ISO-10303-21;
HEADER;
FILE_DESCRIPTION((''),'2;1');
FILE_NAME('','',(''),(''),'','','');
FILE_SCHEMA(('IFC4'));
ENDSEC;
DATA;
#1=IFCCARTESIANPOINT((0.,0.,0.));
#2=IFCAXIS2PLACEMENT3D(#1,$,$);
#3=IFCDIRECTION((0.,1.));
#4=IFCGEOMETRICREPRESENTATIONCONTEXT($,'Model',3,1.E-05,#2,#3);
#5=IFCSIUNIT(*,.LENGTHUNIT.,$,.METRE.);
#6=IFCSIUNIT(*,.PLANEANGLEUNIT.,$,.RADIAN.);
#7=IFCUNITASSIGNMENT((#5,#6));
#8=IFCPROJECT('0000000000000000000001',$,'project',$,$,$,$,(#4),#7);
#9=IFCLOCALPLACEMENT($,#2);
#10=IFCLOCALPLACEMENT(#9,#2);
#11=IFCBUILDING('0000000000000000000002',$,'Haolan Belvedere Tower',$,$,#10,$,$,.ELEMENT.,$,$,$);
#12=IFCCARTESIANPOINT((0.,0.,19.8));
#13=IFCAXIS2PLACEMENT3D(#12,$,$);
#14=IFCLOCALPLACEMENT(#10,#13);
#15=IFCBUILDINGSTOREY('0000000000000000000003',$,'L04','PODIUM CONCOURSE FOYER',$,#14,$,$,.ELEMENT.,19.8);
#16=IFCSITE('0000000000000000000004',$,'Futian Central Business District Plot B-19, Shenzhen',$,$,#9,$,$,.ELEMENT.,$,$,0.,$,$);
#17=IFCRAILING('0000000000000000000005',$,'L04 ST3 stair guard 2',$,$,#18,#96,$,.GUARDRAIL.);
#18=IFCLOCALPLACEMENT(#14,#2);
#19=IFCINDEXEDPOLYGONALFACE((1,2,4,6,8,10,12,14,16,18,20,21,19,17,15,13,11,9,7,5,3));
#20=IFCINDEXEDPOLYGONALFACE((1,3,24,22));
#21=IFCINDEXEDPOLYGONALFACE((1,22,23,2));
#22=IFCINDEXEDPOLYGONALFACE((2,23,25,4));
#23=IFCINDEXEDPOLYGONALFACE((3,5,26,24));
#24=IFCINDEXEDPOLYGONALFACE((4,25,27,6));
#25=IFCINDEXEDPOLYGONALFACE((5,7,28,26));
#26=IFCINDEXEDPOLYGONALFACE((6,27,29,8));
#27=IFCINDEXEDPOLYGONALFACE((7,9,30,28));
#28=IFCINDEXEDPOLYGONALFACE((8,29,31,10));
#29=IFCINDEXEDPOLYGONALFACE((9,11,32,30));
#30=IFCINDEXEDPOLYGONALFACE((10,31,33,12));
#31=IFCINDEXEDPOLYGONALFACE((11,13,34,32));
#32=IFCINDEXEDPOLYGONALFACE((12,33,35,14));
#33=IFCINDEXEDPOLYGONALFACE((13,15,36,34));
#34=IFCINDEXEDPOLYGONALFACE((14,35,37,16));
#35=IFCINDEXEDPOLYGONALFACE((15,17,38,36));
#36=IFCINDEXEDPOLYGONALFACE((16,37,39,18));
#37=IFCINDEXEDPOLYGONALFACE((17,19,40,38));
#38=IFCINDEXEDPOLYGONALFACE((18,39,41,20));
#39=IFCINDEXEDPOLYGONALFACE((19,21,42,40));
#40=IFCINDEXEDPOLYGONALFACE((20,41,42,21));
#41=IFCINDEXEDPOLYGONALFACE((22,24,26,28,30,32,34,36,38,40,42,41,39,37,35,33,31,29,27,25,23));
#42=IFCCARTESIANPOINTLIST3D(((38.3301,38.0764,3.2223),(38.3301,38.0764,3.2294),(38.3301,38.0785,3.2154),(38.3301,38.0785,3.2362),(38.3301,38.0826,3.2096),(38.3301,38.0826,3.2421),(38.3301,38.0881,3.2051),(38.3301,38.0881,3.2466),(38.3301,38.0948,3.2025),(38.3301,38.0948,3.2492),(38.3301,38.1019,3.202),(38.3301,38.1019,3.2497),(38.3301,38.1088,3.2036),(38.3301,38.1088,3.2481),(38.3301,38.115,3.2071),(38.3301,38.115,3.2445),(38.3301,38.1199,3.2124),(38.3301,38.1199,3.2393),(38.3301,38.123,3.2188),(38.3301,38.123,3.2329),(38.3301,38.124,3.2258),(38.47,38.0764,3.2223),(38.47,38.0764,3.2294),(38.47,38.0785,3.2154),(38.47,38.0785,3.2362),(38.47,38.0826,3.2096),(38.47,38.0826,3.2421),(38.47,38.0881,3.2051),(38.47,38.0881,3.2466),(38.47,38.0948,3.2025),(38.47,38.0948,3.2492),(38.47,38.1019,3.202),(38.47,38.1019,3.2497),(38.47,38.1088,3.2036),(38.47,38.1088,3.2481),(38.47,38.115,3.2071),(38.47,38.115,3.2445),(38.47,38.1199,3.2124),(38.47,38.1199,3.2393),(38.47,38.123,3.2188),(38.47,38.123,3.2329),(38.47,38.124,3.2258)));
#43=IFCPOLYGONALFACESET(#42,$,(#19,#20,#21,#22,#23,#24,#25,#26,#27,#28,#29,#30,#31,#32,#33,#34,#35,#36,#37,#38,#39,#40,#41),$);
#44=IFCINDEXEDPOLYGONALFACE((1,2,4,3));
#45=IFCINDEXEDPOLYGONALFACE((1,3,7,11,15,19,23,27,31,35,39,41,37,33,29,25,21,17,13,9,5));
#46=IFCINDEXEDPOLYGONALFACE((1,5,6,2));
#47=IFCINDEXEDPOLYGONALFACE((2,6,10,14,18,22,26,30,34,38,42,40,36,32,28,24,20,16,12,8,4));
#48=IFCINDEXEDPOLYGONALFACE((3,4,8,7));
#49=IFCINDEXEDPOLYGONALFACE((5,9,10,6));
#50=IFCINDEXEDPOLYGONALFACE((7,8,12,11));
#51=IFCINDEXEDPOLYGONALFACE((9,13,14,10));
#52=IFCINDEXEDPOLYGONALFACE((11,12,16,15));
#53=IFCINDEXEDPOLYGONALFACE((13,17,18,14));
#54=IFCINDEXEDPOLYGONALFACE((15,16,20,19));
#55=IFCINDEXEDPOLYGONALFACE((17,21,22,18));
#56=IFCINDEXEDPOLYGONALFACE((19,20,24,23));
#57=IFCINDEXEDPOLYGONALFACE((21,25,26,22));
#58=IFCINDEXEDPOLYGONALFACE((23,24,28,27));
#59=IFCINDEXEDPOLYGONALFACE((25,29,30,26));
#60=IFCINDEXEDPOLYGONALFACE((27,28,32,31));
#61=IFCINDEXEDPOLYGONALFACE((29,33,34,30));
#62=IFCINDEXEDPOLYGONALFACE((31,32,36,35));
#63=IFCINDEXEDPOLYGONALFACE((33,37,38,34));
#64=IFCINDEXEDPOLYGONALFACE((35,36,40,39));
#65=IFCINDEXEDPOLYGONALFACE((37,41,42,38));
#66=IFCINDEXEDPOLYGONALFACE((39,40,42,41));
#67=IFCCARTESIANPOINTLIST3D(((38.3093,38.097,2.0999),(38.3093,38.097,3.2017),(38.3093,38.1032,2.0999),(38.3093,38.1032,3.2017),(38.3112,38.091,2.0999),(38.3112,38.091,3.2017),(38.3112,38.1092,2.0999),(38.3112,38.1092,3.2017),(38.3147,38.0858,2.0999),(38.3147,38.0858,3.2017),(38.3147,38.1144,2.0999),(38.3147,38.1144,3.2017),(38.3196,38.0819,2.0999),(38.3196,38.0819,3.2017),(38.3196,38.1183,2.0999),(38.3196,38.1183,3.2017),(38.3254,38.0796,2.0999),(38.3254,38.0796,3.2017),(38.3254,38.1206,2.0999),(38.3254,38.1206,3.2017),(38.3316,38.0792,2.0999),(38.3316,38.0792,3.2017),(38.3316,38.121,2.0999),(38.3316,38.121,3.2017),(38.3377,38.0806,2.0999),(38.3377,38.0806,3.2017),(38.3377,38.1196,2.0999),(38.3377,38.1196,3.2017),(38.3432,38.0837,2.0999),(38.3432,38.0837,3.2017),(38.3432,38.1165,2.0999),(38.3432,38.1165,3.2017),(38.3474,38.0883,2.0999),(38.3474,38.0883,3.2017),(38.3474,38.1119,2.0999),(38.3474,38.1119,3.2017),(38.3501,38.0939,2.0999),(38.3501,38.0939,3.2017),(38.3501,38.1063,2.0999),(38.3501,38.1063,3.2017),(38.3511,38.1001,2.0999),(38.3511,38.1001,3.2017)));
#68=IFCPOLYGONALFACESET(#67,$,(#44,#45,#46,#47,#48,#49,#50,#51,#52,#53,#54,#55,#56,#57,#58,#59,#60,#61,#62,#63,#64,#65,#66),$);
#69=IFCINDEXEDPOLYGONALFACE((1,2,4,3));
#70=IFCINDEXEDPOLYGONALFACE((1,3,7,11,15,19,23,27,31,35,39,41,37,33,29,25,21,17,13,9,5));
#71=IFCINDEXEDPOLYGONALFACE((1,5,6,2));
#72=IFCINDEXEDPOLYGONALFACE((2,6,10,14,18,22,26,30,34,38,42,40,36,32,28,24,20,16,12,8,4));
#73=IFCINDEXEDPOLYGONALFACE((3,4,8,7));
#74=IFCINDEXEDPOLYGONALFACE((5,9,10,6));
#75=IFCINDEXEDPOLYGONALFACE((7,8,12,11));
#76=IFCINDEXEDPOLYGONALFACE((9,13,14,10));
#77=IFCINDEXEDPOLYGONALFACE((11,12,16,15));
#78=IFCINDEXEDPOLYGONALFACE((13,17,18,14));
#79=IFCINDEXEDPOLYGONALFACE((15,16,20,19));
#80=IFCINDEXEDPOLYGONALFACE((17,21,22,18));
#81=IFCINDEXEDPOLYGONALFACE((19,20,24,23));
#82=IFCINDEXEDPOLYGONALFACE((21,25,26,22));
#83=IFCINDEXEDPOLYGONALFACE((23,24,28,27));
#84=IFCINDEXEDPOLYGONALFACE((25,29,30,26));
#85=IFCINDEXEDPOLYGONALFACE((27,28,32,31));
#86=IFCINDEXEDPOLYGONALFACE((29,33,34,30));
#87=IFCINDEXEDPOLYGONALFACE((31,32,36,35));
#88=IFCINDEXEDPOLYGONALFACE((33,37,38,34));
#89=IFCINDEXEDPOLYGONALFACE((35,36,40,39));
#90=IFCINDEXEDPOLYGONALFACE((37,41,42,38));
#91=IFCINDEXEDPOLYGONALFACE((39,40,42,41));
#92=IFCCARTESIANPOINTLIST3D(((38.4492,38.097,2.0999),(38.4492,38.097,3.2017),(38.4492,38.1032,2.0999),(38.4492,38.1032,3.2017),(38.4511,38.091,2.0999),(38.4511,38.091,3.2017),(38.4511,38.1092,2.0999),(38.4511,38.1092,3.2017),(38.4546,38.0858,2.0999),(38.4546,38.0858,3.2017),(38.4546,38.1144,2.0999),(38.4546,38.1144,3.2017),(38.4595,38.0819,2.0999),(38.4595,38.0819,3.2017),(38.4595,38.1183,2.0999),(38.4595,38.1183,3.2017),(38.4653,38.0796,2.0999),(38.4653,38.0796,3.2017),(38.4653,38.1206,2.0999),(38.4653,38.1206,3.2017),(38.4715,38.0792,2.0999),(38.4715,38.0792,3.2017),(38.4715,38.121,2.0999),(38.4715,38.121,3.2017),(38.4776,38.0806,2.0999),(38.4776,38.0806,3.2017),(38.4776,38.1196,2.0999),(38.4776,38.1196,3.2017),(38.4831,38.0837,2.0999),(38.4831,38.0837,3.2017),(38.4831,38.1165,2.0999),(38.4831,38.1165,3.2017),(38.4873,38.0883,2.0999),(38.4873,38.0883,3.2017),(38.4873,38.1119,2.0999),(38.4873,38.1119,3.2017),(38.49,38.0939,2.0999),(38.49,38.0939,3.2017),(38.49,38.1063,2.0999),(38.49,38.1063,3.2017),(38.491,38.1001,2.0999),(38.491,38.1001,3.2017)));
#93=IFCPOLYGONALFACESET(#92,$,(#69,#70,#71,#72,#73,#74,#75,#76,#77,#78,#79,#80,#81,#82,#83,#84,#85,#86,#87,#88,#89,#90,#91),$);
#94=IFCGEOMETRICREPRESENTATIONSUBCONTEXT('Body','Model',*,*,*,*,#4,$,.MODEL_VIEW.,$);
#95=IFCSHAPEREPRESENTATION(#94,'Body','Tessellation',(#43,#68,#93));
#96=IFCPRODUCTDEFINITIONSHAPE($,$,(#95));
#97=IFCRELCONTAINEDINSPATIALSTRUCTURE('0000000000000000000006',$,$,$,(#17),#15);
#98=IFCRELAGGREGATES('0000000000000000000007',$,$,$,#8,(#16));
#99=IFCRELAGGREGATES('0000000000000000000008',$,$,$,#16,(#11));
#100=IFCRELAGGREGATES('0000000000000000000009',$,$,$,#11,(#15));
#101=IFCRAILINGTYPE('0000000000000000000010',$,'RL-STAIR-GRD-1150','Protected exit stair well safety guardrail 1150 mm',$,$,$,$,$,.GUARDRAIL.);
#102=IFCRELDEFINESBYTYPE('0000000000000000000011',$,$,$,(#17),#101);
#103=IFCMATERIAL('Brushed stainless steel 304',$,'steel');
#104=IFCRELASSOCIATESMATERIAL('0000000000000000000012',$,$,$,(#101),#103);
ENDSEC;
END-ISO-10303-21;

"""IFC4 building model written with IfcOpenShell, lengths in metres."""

from ifc_helpers import new_model, si_unit, direction, frame, origin, origin_2d, place, context, subcontext, project, spatial, circle, extrude, material, type_object, element, save


model = new_model("IFC4")

# Units and contexts
model_context = context("Model", 3, precision=1e-05, world=origin(), true_north=direction((0.0, 1.0)))
body_context = subcontext(model_context, "Body", "Model", "MODEL_VIEW")
ifc_project = project(units=[si_unit("LENGTHUNIT", "METRE"), si_unit("PLANEANGLEUNIT", "RADIAN")], contexts=[model_context])

# Site, building, storey
site_placement = place(None, origin())
site = spatial("IfcSite", under=ifc_project, at=site_placement, Name="Futian Central Business District Plot B-19, Shenzhen", CompositionType="ELEMENT", RefElevation=0.0)
building_placement = place(site_placement, origin())
building = spatial("IfcBuilding", under=site, at=building_placement, Name="Haolan Belvedere Tower", CompositionType="ELEMENT")
storey_placement = place(building_placement, frame((0.0, 0.0, 19.8)))
storey = spatial("IfcBuildingStorey", under=building, at=storey_placement, Name="L04", Description="PODIUM CONCOURSE FOYER", CompositionType="ELEMENT", Elevation=19.8)

# Railing
ifc_material_1 = material(Name="Brushed stainless steel 304", Category="steel")
railing_type_1 = type_object("IfcRailingType", Name="RL-STAIR-GRD-1150", Description="Protected exit stair well safety guardrail 1150 mm", PredefinedType="GUARDRAIL", material=ifc_material_1)
railing_1_placement = place(storey_placement, frame((38.3301, 38.1001, 2.0999)))
element("IfcRailing", 1, at=railing_1_placement, inside=storey, type_object=railing_type_1, Name="L04 ST3 stair guard 2", PredefinedType="GUARDRAIL", context=body_context, shape_type="SweptSolid", body=[
    extrude(circle(Radius=0.0239, at=origin_2d()), frame((0.0, 0.0, 1.126), z_axis=(1.0, 0.0, 0.0), x_axis=(0.0, 1.0, 0.0)), (0.0, 0.0, 1.0), 0.1399),
    extrude(circle(Radius=0.021, at=origin_2d()), origin(), (0.0, 0.0, 1.0), 1.1018),
    extrude(circle(Radius=0.021, at=origin_2d()), frame((0.1399, 0.0, 0.0)), (0.0, 0.0, 1.0), 1.1018),
])

save(model, "model.ifc")
